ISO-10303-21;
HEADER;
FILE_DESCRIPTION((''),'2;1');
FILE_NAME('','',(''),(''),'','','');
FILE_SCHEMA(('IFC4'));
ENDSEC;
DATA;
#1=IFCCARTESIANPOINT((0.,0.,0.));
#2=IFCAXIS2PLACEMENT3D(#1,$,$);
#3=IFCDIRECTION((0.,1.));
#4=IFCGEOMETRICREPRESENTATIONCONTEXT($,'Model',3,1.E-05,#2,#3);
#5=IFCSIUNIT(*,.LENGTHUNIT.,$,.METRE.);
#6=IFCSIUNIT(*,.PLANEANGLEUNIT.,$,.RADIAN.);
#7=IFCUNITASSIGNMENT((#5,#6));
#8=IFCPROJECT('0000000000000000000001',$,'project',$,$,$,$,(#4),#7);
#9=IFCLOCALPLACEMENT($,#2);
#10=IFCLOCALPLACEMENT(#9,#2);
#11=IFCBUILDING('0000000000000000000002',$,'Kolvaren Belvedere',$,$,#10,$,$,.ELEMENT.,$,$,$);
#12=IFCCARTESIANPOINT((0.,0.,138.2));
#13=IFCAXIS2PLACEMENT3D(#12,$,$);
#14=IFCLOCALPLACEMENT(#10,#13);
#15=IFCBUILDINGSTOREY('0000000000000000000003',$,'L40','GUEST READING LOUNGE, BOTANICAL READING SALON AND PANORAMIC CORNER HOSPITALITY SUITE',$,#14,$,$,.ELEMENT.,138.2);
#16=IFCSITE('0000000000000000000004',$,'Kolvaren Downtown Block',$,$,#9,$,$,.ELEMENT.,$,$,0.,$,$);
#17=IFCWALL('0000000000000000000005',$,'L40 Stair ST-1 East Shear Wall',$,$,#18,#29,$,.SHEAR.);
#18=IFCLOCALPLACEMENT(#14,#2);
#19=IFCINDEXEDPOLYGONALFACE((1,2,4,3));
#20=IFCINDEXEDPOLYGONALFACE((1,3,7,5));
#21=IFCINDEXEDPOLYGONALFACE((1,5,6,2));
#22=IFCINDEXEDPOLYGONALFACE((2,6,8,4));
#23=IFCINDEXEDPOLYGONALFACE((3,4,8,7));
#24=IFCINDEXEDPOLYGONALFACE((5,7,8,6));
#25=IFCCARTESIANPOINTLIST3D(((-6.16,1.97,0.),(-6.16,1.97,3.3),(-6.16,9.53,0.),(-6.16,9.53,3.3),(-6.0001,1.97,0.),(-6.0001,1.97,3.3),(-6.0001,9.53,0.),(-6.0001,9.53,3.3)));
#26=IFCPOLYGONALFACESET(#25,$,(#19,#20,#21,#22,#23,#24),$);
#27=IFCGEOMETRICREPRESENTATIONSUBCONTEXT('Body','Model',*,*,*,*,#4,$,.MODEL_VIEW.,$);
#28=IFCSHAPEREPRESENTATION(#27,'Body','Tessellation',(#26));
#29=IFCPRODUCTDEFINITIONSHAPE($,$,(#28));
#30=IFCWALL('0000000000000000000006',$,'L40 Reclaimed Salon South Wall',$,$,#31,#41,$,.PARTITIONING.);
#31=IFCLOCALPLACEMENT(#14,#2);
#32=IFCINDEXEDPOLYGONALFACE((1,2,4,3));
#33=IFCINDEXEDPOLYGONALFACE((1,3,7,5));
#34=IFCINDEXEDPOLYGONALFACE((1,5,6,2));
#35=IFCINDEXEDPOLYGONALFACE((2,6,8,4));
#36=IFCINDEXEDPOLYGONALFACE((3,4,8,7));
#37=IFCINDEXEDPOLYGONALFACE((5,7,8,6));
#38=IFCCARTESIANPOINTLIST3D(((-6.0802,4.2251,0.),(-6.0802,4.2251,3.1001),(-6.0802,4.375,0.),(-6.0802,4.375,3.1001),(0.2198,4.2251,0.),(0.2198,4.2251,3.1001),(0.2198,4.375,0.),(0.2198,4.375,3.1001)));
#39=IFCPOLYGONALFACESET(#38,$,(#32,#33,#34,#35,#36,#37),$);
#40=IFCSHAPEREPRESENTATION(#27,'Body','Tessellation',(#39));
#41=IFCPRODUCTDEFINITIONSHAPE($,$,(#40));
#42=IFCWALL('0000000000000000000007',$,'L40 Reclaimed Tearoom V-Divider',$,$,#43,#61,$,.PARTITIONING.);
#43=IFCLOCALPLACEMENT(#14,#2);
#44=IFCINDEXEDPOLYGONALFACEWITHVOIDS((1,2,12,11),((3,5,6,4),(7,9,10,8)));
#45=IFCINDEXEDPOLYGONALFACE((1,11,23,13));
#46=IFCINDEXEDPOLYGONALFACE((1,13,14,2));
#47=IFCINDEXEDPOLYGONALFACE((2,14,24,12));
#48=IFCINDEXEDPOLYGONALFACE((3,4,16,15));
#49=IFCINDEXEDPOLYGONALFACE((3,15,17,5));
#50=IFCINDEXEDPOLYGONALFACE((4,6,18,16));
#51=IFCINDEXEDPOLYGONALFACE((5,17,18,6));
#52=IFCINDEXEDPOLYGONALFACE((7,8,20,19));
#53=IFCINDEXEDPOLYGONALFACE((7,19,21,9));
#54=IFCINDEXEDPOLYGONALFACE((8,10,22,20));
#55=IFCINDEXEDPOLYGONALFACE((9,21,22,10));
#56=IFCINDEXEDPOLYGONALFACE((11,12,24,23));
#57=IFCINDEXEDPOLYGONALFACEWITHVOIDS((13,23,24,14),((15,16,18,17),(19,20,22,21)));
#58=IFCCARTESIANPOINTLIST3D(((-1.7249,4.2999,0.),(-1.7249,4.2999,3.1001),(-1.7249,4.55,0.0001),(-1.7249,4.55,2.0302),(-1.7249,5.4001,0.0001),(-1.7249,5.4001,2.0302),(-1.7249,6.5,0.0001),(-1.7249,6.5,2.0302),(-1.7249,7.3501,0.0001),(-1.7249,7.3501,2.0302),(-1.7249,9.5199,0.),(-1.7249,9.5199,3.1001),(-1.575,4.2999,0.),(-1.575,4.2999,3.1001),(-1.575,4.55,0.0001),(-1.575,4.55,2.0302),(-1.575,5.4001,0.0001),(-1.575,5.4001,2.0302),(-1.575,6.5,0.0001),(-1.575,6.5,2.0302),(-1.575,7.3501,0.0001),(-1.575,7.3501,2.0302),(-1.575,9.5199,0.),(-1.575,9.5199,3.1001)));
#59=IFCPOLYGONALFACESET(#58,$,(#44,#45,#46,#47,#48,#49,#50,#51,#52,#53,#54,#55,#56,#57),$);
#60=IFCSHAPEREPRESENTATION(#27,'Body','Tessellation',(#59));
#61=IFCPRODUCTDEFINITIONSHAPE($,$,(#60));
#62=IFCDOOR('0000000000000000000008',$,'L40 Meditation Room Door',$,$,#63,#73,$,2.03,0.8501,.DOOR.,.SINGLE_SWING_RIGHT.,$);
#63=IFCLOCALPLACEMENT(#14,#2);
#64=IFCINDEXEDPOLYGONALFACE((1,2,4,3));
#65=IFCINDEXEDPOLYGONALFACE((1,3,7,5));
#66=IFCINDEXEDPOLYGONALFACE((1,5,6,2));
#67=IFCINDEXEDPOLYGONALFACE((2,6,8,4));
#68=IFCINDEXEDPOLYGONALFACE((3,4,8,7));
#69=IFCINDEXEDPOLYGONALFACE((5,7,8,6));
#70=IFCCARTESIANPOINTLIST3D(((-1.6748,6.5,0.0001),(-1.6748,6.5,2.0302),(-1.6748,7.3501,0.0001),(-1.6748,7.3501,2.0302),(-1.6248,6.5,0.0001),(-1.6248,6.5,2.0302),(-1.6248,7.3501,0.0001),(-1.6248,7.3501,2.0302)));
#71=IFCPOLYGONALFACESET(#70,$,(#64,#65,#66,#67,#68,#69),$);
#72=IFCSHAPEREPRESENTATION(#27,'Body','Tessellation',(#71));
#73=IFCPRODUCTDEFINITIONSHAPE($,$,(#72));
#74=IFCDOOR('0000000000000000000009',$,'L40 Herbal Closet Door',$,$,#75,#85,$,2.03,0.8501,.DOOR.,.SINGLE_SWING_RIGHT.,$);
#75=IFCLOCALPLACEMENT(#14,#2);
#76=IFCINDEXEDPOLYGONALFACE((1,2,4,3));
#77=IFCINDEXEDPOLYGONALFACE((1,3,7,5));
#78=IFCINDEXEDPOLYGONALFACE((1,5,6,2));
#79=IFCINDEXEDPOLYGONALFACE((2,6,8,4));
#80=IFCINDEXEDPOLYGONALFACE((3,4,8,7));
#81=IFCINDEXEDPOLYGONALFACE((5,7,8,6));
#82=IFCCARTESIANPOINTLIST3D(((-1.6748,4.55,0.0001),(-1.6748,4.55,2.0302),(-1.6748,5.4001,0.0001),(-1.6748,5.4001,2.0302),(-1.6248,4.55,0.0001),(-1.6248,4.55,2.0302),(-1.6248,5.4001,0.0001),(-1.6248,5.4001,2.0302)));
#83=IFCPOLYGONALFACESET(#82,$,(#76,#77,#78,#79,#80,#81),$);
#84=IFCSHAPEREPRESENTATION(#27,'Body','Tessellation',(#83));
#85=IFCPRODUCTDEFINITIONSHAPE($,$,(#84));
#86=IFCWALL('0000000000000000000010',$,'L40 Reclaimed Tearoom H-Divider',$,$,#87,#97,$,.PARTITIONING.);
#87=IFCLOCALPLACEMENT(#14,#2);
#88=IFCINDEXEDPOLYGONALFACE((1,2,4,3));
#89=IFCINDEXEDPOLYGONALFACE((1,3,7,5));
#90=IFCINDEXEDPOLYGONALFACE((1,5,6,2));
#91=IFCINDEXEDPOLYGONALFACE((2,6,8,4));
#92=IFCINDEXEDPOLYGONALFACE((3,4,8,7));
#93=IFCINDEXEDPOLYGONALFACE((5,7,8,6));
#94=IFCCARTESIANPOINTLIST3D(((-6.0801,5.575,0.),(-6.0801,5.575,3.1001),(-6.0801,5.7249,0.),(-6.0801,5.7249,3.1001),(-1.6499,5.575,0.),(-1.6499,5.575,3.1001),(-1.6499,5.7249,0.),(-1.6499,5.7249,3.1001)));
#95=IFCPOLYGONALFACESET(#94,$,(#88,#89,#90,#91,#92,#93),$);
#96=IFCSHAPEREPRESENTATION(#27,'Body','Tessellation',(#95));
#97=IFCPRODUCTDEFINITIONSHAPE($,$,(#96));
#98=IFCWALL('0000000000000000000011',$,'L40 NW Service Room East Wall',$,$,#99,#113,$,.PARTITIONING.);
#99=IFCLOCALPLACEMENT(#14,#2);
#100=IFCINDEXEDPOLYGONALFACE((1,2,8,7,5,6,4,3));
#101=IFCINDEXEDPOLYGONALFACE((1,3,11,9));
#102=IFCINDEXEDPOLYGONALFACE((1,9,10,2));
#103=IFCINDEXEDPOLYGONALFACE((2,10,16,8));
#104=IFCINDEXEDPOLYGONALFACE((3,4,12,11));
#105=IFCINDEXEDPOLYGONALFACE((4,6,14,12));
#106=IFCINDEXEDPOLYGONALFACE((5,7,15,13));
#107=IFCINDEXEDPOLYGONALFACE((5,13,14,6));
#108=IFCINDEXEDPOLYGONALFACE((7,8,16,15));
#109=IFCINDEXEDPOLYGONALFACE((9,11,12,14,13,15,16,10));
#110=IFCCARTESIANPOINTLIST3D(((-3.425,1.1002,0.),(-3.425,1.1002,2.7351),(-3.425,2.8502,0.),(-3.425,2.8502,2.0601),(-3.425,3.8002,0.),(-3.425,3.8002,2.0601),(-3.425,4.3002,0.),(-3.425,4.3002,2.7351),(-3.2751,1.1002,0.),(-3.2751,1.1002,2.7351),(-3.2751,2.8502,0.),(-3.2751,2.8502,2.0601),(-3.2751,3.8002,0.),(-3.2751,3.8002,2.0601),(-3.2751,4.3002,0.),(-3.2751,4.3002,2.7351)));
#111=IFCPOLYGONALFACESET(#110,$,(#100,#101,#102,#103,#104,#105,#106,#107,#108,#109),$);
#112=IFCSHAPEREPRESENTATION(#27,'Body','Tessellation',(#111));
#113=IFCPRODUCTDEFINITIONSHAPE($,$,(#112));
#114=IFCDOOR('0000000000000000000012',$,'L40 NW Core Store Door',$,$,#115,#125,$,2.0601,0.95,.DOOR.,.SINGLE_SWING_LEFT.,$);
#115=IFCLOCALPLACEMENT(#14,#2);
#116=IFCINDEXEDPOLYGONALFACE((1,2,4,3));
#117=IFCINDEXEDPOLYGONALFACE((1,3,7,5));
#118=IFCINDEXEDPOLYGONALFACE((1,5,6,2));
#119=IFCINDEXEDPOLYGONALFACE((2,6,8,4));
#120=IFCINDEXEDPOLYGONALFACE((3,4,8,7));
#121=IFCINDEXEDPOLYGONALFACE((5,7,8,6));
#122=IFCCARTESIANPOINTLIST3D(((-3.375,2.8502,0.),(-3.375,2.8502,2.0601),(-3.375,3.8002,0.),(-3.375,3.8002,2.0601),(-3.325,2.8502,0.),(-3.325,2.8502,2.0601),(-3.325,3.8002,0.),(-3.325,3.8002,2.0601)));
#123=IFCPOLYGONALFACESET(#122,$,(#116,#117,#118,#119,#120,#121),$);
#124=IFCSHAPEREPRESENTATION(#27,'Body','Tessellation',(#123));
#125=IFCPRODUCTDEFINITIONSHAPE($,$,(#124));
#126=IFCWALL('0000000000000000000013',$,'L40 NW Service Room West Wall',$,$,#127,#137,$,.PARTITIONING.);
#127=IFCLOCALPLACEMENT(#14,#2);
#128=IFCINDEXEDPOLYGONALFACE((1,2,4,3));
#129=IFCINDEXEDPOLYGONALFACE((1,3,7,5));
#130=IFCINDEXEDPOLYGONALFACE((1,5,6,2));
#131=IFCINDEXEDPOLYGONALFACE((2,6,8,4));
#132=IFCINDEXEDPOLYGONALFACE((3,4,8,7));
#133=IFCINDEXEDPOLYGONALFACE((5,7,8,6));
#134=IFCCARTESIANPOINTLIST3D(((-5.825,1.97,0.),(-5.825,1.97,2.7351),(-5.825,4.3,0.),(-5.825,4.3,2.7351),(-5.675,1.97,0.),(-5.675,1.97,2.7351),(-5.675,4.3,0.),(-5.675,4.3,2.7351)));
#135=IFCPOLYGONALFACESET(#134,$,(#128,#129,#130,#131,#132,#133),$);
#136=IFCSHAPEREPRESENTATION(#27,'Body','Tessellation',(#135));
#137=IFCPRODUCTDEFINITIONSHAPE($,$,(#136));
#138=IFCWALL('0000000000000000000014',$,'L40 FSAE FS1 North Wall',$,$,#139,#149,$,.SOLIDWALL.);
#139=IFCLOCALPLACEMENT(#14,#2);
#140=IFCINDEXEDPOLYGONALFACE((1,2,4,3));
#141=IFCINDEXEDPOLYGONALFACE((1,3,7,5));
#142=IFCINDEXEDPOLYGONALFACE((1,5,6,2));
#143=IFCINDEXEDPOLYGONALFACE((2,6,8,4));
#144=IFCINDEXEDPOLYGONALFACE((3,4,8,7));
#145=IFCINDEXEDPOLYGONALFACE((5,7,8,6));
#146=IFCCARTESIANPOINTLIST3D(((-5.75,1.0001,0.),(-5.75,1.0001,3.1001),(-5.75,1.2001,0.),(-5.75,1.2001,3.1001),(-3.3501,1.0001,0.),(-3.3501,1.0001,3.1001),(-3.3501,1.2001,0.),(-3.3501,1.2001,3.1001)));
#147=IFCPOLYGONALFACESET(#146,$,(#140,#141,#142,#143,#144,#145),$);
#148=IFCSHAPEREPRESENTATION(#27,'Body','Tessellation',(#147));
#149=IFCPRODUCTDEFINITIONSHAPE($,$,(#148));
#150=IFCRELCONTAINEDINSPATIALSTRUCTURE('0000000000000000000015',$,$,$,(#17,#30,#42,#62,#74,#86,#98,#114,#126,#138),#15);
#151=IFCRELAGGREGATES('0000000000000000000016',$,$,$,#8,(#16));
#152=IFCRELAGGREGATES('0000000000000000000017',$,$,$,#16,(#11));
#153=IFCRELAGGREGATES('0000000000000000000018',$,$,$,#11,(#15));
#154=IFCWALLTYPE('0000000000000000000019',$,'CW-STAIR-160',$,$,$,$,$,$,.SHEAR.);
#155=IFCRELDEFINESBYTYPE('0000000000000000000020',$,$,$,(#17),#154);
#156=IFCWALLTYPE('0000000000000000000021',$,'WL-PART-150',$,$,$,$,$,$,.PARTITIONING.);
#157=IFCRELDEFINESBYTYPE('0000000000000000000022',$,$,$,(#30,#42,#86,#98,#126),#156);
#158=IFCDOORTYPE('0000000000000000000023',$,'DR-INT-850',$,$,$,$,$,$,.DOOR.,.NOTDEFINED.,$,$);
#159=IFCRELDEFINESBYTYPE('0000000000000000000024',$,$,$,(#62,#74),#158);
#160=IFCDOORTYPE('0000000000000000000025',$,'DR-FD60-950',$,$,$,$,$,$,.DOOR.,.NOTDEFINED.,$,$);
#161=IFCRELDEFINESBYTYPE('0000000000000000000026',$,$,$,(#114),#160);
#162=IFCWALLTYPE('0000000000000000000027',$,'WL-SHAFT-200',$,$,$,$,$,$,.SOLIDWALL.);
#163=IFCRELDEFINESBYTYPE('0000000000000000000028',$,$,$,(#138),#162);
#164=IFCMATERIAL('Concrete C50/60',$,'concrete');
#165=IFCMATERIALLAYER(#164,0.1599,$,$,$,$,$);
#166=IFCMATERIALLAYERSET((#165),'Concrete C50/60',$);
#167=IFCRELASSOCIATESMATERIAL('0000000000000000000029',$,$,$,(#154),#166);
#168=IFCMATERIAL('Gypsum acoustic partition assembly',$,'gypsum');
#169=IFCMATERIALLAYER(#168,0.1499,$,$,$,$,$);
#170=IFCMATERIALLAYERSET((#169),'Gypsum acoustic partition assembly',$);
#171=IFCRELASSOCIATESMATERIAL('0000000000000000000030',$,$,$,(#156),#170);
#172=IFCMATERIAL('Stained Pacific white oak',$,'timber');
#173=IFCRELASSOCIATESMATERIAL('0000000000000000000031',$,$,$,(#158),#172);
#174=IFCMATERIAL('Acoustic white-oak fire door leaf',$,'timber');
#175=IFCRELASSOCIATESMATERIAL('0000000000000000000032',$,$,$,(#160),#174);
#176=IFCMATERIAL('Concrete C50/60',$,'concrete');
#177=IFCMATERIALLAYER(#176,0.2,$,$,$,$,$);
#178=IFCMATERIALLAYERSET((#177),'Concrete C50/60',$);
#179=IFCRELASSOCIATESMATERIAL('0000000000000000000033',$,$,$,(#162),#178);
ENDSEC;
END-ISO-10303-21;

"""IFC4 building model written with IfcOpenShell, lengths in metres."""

from ifc_helpers import new_model, si_unit, direction, frame, frame_2d, origin, place, context, subcontext, project, spatial, rectangle, extrude, material, layer, layer_set, type_object, element, fill, save


model = new_model("IFC4")

# Units and contexts
model_context = context("Model", 3, precision=1e-05, world=origin(), true_north=direction((0.0, 1.0)))
body_context = subcontext(model_context, "Body", "Model", "MODEL_VIEW")
ifc_project = project(units=[si_unit("LENGTHUNIT", "METRE"), si_unit("PLANEANGLEUNIT", "RADIAN")], contexts=[model_context])

# Site, building, storey
site_placement = place(None, origin())
site = spatial("IfcSite", under=ifc_project, at=site_placement, Name="Kolvaren Downtown Block", CompositionType="ELEMENT", RefElevation=0.0)
building_placement = place(site_placement, origin())
building = spatial("IfcBuilding", under=site, at=building_placement, Name="Kolvaren Belvedere", CompositionType="ELEMENT")
storey_placement = place(building_placement, frame((0.0, 0.0, 138.2)))
storey = spatial("IfcBuildingStorey", under=building, at=storey_placement, Name="L40", Description="GUEST READING LOUNGE, BOTANICAL READING SALON AND PANORAMIC CORNER HOSPITALITY SUITE", CompositionType="ELEMENT", Elevation=138.2)

# Shared definitions
ifc_material_1 = material(Name="Concrete C50/60", Category="concrete")
ifc_layer_1 = layer(ifc_material_1, 0.1599)
ifc_layer_set_1 = layer_set([ifc_layer_1], Name="Concrete C50/60")
wall_type_1 = type_object("IfcWallType", Name="CW-STAIR-160", PredefinedType="SHEAR", material=ifc_layer_set_1)

# Walls
for number, where, z_axis, x_axis, name in (
    (1, (-6.0801, 1.97, 0.0), (0.0, 0.0, 1.0), (0.0, 1.0, 0.0), "L40 Stair ST-1 East Shear Wall"),
):
    element("IfcWall", number, at=place(storey_placement, frame(where, z_axis=z_axis, x_axis=x_axis)), inside=storey, type_object=wall_type_1, Name=name, PredefinedType="SHEAR", context=body_context, shape_type="SweptSolid", body=[
        extrude(rectangle(XDim=7.5601, YDim=0.1599, at=frame_2d((3.78, 0.0))), origin(), (0.0, 0.0, 1.0), 3.3),
    ])
ifc_material_2 = material(Name="Gypsum acoustic partition assembly", Category="gypsum")
ifc_layer_2 = layer(ifc_material_2, 0.1499)
ifc_layer_set_2 = layer_set([ifc_layer_2], Name="Gypsum acoustic partition assembly")
wall_type_2 = type_object("IfcWallType", Name="WL-PART-150", PredefinedType="PARTITIONING", material=ifc_layer_set_2)
wall_1_placement = place(storey_placement, frame((-6.0801, 4.3, 0.0), z_axis=(0.0, 0.0, 1.0), x_axis=(1.0, 0.0, 0.0)))
element("IfcWall", 2, at=wall_1_placement, inside=storey, type_object=wall_type_2, Name="L40 Reclaimed Salon South Wall", PredefinedType="PARTITIONING", context=body_context, shape_type="SweptSolid", body=[
    extrude(rectangle(XDim=6.3, YDim=0.1499, at=frame_2d((3.1499, 0.0))), origin(), (0.0, 0.0, 1.0), 3.1001),
])

# Wall, openings, doors
wall_2_placement = place(storey_placement, frame((-1.6499, 4.3, 0.0), z_axis=(0.0, 0.0, 1.0), x_axis=(0.0, 1.0, 0.0)))
wall_2 = element("IfcWall", 3, at=wall_2_placement, inside=storey, type_object=wall_type_2, Name="L40 Reclaimed Tearoom V-Divider", PredefinedType="PARTITIONING", context=body_context, shape_type="SweptSolid", body=[
    extrude(rectangle(XDim=5.22, YDim=0.1499, at=frame_2d((2.6099, 0.0))), origin(), (0.0, 0.0, 1.0), 3.1001),
])
opening_1_placement = place(wall_2_placement, frame((2.2, 0.0, 0.0)))
opening_1 = element("IfcOpeningElement", 4, at=opening_1_placement, cuts=wall_2, PredefinedType="OPENING", context=body_context, shape_type="SweptSolid", body=[
    extrude(rectangle(XDim=0.8501, YDim=2.03, at=frame_2d((0.425, 1.0151))), frame((0.0, 0.085, 0.0), z_axis=(0.0, -1.0, 0.0), x_axis=(1.0, 0.0, 0.0)), (0.0, 0.0, 1.0), 0.1699),
])
opening_2_placement = place(wall_2_placement, frame((0.25, 0.0, 0.0)))
opening_2 = element("IfcOpeningElement", 5, at=opening_2_placement, cuts=wall_2, PredefinedType="OPENING", context=body_context, shape_type="SweptSolid", body=[
    extrude(rectangle(XDim=0.8501, YDim=2.03, at=frame_2d((0.425, 1.0151))), frame((0.0, 0.085, 0.0), z_axis=(0.0, -1.0, 0.0), x_axis=(1.0, 0.0, 0.0)), (0.0, 0.0, 1.0), 0.1699),
])
ifc_material_3 = material(Name="Stained Pacific white oak", Category="timber")
door_type_1 = type_object("IfcDoorType", Name="DR-INT-850", OperationType="NOTDEFINED", PredefinedType="DOOR", material=ifc_material_3)
door_1_placement = place(opening_1_placement, origin())
door_1 = element("IfcDoor", 6, at=door_1_placement, inside=storey, type_object=door_type_1, Name="L40 Meditation Room Door", OperationType="SINGLE_SWING_RIGHT", OverallHeight=2.03, OverallWidth=0.8501, PredefinedType="DOOR", context=body_context, shape_type="SweptSolid", body=[
    extrude(rectangle(XDim=0.8501, YDim=2.03, at=frame_2d((0.425, 1.0151))), frame((0.0, 0.0249, 0.0), z_axis=(0.0, -1.0, 0.0), x_axis=(1.0, 0.0, 0.0)), (0.0, 0.0, 1.0), 0.05),
])
fill(opening_1, door_1)
door_2_placement = place(opening_2_placement, origin())
door_2 = element("IfcDoor", 7, at=door_2_placement, inside=storey, type_object=door_type_1, Name="L40 Herbal Closet Door", OperationType="SINGLE_SWING_RIGHT", OverallHeight=2.03, OverallWidth=0.8501, PredefinedType="DOOR", context=body_context, shape_type="SweptSolid", body=[
    extrude(rectangle(XDim=0.8501, YDim=2.03, at=frame_2d((0.425, 1.0151))), frame((0.0, 0.0249, 0.0), z_axis=(0.0, -1.0, 0.0), x_axis=(1.0, 0.0, 0.0)), (0.0, 0.0, 1.0), 0.05),
])
fill(opening_2, door_2)

# Wall
wall_3_placement = place(storey_placement, frame((-6.0801, 5.6499, 0.0), z_axis=(0.0, 0.0, 1.0), x_axis=(1.0, 0.0, 0.0)))
element("IfcWall", 8, at=wall_3_placement, inside=storey, type_object=wall_type_2, Name="L40 Reclaimed Tearoom H-Divider", PredefinedType="PARTITIONING", context=body_context, shape_type="SweptSolid", body=[
    extrude(rectangle(XDim=4.4302, YDim=0.1499, at=frame_2d((2.2151, 0.0))), origin(), (0.0, 0.0, 1.0), 3.1001),
])

# Wall, opening, door
wall_4_placement = place(storey_placement, frame((-3.3501, 1.1001, 0.0), z_axis=(0.0, 0.0, 1.0), x_axis=(0.0, 1.0, 0.0)))
wall_4 = element("IfcWall", 9, at=wall_4_placement, inside=storey, type_object=wall_type_2, Name="L40 NW Service Room East Wall", PredefinedType="PARTITIONING", context=body_context, shape_type="SweptSolid", body=[
    extrude(rectangle(XDim=3.2, YDim=0.1499, at=frame_2d((1.6001, 0.0))), origin(), (0.0, 0.0, 1.0), 2.7351),
])
opening_3_placement = place(wall_4_placement, frame((1.75, 0.0, 0.0)))
opening_3 = element("IfcOpeningElement", 10, at=opening_3_placement, cuts=wall_4, PredefinedType="OPENING", context=body_context, shape_type="SweptSolid", body=[
    extrude(rectangle(XDim=0.95, YDim=2.0601, at=frame_2d((0.4751, 1.03))), frame((0.0, 0.085, 0.0), z_axis=(0.0, -1.0, 0.0), x_axis=(1.0, 0.0, 0.0)), (0.0, 0.0, 1.0), 0.1699),
])
ifc_material_4 = material(Name="Acoustic white-oak fire door leaf", Category="timber")
door_type_2 = type_object("IfcDoorType", Name="DR-FD60-950", OperationType="NOTDEFINED", PredefinedType="DOOR", material=ifc_material_4)
door_3_placement = place(opening_3_placement, origin())
door_3 = element("IfcDoor", 11, at=door_3_placement, inside=storey, type_object=door_type_2, Name="L40 NW Core Store Door", OperationType="SINGLE_SWING_LEFT", OverallHeight=2.0601, OverallWidth=0.95, PredefinedType="DOOR", context=body_context, shape_type="SweptSolid", body=[
    extrude(rectangle(XDim=0.95, YDim=2.0601, at=frame_2d((0.4751, 1.03))), frame((0.0, 0.0249, 0.0), z_axis=(0.0, -1.0, 0.0), x_axis=(1.0, 0.0, 0.0)), (0.0, 0.0, 1.0), 0.05),
])
fill(opening_3, door_3)

# Walls
wall_5_placement = place(storey_placement, frame((-5.75, 1.97, 0.0), z_axis=(0.0, 0.0, 1.0), x_axis=(0.0, 1.0, 0.0)))
element("IfcWall", 12, at=wall_5_placement, inside=storey, type_object=wall_type_2, Name="L40 NW Service Room West Wall", PredefinedType="PARTITIONING", context=body_context, shape_type="SweptSolid", body=[
    extrude(rectangle(XDim=2.3301, YDim=0.1499, at=frame_2d((1.165, 0.0))), origin(), (0.0, 0.0, 1.0), 2.7351),
])
ifc_material_5 = material(Name="Concrete C50/60", Category="concrete")
ifc_layer_3 = layer(ifc_material_5, 0.2)
ifc_layer_set_3 = layer_set([ifc_layer_3], Name="Concrete C50/60")
wall_type_3 = type_object("IfcWallType", Name="WL-SHAFT-200", PredefinedType="SOLIDWALL", material=ifc_layer_set_3)
wall_6_placement = place(storey_placement, frame((-5.75, 1.1001, 0.0), z_axis=(0.0, 0.0, 1.0), x_axis=(1.0, 0.0, 0.0)))
element("IfcWall", 13, at=wall_6_placement, inside=storey, type_object=wall_type_3, Name="L40 FSAE FS1 North Wall", PredefinedType="SOLIDWALL", context=body_context, shape_type="SweptSolid", body=[
    extrude(rectangle(XDim=2.3999, YDim=0.2, at=frame_2d((1.2, 0.0))), origin(), (0.0, 0.0, 1.0), 3.1001),
])

save(model, "model.ifc")
